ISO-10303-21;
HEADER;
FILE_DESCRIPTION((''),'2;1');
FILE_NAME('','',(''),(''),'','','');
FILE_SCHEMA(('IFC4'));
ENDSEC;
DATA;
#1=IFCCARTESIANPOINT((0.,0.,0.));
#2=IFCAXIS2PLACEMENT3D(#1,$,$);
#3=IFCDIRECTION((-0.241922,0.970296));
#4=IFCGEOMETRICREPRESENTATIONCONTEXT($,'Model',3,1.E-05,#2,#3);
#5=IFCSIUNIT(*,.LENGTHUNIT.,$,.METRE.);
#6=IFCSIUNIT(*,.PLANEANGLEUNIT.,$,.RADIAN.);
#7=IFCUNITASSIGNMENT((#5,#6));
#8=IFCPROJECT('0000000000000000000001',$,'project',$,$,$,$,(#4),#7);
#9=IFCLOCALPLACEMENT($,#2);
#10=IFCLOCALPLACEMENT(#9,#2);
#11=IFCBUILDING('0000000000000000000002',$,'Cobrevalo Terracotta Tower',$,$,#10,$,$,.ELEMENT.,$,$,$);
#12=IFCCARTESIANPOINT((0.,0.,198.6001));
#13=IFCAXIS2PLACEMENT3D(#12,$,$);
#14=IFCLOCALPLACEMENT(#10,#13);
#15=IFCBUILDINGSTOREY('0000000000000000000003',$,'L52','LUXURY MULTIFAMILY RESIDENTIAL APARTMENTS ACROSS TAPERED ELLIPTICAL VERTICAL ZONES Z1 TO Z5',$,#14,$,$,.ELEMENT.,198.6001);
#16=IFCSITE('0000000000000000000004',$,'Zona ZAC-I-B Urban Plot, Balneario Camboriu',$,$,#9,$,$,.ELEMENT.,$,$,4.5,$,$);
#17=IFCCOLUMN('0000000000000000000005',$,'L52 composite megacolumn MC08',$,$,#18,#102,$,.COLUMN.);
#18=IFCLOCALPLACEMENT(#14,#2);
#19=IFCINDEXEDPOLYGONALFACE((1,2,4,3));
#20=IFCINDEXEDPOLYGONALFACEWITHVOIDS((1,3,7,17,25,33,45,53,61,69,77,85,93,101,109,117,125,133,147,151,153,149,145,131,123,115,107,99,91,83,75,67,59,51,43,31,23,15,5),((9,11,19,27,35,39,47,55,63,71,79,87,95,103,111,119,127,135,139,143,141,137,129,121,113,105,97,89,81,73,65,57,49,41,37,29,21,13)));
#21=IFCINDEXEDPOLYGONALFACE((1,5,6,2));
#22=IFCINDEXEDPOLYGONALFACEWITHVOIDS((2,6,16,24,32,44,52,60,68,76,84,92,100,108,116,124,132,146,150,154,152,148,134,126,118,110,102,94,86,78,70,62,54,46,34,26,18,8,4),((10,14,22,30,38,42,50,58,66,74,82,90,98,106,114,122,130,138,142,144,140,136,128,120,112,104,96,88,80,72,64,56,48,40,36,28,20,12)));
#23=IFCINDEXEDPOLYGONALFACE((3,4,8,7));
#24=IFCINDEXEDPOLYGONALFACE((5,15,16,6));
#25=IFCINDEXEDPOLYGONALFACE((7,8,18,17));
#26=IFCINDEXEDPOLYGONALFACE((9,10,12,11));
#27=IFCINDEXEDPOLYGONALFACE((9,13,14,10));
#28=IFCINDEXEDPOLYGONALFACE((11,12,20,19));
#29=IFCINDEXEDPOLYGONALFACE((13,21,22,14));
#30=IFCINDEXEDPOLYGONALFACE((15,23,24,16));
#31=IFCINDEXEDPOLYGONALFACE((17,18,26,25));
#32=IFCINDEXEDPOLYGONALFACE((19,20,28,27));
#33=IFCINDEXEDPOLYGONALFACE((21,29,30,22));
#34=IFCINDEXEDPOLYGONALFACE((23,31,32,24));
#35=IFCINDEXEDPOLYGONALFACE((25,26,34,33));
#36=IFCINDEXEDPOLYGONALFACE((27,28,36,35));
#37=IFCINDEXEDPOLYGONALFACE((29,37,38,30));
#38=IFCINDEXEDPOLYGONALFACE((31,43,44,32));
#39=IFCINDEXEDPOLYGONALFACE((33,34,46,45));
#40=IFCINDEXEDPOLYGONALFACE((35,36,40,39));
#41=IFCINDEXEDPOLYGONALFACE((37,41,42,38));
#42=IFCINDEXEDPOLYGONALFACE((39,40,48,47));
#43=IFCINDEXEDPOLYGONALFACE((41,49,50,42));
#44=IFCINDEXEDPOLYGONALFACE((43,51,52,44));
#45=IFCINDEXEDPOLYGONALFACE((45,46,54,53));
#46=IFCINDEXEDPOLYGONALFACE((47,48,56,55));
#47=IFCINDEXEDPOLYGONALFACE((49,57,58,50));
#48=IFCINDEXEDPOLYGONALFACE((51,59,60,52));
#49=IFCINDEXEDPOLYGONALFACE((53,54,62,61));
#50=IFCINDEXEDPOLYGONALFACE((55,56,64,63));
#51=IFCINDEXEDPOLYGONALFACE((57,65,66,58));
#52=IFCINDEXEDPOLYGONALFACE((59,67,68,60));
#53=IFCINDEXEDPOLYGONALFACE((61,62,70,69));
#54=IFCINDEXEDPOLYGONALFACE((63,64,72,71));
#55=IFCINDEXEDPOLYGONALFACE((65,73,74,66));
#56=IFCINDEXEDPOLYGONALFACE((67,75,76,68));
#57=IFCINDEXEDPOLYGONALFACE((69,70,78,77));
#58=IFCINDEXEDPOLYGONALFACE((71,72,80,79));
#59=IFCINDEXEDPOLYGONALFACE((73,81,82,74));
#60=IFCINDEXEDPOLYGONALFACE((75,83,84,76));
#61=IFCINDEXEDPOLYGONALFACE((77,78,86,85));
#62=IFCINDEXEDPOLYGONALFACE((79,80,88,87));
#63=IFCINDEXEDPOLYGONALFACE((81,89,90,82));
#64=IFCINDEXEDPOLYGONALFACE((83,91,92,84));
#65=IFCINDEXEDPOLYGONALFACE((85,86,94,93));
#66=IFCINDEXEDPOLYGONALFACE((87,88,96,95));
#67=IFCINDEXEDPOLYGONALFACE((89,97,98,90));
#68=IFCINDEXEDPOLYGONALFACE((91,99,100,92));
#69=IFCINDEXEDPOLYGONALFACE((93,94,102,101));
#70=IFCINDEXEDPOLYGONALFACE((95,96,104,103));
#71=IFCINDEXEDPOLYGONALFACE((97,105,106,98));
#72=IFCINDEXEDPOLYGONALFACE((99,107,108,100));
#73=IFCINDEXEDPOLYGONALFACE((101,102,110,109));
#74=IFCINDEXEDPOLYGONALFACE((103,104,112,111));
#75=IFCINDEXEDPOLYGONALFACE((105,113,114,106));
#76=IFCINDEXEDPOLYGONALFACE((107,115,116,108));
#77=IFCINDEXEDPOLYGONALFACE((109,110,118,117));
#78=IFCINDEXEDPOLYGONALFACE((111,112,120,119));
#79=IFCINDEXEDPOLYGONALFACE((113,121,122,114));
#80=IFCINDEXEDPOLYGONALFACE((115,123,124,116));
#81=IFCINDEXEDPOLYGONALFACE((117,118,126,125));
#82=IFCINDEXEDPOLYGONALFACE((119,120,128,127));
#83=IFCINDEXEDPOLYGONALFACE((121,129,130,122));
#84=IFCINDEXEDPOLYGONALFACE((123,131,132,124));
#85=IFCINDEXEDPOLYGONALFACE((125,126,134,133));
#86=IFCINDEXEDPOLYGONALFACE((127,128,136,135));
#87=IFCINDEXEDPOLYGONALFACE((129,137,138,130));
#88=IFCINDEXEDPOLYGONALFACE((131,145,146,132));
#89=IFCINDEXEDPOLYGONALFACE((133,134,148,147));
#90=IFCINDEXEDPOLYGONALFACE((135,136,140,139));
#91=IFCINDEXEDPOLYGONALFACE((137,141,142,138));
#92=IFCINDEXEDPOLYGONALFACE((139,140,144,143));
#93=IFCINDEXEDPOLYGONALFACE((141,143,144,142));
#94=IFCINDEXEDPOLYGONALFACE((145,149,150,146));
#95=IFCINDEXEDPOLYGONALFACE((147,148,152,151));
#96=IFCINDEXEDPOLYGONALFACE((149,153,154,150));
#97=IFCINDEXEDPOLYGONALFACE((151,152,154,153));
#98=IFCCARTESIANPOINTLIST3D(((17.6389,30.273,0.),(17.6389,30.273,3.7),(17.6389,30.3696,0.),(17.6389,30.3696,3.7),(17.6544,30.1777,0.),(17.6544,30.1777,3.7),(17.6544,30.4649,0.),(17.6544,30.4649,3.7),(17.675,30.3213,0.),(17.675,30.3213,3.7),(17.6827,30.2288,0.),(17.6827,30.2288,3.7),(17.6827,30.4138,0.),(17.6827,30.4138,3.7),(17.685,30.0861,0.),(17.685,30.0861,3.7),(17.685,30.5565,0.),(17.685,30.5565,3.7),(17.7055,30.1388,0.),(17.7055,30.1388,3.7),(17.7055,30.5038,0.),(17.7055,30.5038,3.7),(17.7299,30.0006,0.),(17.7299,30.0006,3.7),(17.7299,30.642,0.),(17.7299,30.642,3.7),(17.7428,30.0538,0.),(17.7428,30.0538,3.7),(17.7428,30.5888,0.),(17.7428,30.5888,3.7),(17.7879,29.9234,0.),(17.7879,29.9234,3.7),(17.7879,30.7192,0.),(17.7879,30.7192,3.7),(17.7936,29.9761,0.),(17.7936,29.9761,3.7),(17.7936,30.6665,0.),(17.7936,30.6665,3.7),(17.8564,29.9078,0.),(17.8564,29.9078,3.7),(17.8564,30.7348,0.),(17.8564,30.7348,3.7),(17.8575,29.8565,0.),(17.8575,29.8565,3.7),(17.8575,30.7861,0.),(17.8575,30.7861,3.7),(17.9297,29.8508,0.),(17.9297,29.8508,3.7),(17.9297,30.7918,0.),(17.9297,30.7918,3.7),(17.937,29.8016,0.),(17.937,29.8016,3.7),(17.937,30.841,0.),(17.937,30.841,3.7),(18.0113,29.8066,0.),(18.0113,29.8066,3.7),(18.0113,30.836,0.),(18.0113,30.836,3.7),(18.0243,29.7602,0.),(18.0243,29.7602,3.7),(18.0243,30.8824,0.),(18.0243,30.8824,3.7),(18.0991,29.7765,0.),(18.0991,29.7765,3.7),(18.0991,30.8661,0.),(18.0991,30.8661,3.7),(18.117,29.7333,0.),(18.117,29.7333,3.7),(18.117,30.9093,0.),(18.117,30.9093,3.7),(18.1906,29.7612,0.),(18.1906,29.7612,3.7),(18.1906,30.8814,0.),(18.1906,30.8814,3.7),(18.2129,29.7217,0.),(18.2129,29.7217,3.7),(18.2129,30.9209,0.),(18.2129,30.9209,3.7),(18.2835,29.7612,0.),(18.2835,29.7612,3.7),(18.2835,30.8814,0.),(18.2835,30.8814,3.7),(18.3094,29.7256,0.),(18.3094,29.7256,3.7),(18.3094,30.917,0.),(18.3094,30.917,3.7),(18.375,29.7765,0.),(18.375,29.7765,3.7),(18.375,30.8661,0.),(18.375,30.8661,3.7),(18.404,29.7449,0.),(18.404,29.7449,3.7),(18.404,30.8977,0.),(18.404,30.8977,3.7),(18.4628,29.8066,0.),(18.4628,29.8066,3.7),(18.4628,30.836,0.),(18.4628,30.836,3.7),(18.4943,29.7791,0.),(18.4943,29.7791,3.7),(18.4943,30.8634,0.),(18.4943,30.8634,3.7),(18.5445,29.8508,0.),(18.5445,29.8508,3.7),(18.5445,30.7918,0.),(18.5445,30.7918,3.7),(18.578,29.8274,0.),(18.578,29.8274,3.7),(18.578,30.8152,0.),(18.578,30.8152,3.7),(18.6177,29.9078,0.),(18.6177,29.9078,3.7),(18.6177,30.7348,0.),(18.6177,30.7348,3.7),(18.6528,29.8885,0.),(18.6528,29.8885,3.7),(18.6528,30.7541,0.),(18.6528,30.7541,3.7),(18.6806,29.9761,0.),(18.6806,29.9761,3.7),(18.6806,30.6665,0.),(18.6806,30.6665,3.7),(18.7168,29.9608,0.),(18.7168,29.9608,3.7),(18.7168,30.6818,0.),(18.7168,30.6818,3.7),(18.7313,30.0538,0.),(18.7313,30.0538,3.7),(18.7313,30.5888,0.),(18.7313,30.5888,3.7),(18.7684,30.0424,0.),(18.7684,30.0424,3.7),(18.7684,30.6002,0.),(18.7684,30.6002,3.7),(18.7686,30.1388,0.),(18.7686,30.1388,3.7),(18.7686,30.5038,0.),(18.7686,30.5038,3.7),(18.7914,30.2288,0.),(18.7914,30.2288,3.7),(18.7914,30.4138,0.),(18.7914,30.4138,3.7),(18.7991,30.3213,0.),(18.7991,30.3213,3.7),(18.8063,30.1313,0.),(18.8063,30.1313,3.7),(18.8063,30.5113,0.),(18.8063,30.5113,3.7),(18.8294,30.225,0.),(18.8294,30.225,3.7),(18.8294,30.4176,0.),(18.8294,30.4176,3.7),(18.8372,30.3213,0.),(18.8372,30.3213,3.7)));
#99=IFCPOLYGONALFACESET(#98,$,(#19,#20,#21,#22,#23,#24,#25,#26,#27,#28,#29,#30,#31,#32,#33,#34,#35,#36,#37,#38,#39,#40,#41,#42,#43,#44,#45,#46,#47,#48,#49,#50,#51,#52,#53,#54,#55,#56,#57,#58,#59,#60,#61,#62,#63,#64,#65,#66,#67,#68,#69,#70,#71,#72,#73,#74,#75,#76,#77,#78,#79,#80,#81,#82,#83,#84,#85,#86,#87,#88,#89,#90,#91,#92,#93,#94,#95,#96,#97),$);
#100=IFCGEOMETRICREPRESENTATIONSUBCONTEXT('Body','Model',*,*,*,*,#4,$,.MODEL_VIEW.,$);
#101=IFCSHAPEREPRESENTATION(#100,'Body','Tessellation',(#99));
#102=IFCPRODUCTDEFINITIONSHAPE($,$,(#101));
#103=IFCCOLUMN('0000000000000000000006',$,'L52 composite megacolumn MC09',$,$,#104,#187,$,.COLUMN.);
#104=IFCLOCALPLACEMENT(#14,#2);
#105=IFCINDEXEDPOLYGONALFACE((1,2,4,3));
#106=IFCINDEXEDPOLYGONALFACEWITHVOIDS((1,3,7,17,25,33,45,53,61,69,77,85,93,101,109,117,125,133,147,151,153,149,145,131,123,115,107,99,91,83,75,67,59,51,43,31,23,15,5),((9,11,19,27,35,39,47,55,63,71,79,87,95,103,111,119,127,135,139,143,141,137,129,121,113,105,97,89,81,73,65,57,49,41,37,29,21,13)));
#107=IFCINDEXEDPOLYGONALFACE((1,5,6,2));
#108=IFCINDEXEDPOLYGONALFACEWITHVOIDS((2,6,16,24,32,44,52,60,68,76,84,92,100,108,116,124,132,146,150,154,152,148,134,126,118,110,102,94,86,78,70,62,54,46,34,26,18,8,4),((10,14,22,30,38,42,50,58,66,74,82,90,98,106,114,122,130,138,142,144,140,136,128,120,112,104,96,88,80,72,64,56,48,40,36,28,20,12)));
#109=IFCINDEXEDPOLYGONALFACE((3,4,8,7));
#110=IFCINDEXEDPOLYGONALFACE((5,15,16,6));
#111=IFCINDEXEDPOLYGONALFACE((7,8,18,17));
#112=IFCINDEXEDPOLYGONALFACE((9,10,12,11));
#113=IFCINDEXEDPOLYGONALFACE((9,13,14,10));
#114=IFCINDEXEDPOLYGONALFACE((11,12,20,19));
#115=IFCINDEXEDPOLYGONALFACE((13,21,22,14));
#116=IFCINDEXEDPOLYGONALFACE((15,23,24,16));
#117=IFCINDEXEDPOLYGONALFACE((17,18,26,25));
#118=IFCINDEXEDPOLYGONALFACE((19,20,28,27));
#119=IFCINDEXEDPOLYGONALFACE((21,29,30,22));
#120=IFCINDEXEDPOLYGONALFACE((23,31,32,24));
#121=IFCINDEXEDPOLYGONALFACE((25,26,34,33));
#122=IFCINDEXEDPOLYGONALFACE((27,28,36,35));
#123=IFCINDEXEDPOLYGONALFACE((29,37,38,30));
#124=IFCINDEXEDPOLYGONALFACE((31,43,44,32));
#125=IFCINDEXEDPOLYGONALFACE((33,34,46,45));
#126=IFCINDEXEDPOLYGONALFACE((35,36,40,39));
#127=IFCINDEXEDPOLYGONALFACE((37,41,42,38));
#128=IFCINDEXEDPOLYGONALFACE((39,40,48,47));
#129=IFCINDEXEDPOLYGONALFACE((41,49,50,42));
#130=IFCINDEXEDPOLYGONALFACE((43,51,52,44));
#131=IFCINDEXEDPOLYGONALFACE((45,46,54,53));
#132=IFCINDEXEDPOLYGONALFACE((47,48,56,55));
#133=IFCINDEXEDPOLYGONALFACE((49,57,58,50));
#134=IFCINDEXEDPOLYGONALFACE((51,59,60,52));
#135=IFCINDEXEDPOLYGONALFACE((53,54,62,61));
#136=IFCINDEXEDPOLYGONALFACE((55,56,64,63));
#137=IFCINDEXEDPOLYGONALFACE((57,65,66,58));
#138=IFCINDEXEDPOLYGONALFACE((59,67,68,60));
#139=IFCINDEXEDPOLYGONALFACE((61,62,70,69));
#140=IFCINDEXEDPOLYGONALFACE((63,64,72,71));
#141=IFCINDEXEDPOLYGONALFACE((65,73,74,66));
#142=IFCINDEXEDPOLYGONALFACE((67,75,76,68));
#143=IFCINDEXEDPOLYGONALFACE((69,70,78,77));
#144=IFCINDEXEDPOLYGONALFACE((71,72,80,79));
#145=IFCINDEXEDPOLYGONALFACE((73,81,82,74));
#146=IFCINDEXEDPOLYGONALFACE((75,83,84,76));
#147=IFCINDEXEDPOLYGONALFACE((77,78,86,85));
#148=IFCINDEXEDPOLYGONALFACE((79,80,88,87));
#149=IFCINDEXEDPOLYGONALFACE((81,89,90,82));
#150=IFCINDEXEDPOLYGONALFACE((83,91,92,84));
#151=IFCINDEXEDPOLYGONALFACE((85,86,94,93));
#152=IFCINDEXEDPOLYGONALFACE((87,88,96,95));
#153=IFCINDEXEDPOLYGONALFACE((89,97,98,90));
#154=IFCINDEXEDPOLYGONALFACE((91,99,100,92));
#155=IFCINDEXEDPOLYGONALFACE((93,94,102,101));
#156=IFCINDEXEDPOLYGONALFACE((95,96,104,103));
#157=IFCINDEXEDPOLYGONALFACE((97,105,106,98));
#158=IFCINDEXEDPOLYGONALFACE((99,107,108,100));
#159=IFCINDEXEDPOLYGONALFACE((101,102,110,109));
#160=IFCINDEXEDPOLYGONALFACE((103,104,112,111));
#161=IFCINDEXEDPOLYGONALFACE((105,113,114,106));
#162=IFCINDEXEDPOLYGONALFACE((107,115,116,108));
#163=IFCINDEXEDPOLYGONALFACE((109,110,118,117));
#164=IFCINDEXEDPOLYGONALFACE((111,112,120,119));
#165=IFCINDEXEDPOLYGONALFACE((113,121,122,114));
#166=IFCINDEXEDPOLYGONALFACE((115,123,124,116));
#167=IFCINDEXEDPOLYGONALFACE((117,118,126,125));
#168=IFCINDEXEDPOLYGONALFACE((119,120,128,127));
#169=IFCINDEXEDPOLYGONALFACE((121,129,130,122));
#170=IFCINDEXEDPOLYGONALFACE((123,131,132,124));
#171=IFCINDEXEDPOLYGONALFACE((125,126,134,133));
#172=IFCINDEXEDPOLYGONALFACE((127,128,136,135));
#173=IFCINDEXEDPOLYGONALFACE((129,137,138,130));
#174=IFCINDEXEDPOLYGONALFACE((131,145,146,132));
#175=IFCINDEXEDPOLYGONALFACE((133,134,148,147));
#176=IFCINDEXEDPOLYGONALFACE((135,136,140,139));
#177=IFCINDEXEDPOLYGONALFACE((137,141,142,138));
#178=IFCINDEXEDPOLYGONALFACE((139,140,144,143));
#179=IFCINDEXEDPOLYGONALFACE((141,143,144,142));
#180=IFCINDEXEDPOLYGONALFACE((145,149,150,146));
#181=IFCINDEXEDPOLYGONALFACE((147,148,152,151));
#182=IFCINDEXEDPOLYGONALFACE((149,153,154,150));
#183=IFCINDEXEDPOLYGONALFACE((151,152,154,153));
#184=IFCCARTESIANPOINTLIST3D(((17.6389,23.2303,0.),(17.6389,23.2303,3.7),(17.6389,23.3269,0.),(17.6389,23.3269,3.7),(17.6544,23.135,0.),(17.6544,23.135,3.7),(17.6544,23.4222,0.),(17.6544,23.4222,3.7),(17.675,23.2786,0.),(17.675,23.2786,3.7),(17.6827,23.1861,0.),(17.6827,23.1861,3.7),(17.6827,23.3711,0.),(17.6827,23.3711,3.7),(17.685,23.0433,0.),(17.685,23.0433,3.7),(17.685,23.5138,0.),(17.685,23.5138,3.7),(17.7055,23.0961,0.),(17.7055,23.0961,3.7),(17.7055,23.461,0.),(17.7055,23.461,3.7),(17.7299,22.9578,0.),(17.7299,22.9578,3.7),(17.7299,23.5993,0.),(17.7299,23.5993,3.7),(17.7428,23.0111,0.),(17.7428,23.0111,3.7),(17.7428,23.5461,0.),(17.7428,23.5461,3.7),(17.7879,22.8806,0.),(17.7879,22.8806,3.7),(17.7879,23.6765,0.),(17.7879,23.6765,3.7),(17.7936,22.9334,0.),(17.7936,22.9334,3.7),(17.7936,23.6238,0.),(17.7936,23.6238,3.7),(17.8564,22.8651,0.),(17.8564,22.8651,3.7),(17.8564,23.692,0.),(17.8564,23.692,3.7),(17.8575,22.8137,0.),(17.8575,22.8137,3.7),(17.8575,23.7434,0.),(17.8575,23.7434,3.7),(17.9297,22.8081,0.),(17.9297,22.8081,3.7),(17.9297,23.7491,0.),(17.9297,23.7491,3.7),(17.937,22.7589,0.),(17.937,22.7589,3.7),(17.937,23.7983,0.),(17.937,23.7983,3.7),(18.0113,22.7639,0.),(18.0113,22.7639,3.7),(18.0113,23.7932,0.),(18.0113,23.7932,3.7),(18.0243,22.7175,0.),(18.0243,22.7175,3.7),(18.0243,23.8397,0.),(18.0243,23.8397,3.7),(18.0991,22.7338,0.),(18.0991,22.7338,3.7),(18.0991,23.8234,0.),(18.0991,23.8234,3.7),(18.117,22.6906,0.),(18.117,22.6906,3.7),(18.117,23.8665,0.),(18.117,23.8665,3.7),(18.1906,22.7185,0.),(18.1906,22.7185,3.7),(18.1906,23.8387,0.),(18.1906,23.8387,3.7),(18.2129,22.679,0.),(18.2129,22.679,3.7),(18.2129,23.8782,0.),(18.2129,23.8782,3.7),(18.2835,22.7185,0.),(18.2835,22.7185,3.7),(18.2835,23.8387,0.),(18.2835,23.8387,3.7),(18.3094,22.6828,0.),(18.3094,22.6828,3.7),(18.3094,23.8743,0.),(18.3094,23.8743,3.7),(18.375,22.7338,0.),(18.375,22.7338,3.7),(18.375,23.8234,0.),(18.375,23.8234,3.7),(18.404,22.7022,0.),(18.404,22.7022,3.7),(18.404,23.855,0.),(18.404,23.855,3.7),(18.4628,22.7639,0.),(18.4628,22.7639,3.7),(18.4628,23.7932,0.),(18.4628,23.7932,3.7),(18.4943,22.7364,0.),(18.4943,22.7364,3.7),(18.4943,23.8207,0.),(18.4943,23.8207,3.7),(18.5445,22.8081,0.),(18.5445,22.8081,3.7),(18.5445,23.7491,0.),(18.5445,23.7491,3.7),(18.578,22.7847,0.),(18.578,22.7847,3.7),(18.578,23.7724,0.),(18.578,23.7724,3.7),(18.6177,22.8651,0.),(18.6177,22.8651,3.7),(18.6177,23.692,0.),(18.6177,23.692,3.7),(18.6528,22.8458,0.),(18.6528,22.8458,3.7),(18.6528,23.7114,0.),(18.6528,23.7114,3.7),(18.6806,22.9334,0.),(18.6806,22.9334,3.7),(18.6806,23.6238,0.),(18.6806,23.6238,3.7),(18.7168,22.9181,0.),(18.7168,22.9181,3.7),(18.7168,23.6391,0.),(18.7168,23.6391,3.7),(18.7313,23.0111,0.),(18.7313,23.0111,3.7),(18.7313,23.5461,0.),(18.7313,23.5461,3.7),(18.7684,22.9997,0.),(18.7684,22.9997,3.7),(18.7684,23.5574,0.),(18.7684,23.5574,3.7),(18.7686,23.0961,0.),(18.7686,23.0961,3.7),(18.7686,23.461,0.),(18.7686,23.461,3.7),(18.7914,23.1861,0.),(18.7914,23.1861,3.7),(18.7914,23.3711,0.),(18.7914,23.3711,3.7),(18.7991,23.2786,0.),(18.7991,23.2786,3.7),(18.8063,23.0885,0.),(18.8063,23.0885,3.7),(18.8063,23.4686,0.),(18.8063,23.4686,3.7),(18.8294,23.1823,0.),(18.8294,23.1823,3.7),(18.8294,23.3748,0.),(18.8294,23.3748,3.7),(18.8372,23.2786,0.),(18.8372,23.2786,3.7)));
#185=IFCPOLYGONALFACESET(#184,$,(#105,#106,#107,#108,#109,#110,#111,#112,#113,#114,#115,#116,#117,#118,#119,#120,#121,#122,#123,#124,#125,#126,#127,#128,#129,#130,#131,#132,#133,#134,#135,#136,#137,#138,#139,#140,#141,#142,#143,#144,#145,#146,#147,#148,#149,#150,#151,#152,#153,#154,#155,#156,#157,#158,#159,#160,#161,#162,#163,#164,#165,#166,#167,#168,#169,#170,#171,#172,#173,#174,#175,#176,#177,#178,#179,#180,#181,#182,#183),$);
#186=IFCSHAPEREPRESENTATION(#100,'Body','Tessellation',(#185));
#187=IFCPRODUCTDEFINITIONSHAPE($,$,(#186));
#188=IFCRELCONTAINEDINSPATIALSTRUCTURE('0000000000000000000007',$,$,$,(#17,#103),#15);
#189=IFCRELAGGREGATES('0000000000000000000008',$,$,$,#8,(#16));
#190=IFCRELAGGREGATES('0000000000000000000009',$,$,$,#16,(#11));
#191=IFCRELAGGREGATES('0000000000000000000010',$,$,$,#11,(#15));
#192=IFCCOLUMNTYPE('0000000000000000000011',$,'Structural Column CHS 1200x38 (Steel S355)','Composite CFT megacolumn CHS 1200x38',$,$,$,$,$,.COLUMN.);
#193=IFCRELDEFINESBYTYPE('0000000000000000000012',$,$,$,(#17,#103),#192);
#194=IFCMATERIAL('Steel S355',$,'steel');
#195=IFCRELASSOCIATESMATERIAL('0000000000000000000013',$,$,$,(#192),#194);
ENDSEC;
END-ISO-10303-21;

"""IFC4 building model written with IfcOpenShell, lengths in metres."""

from ifc_helpers import new_model, si_unit, direction, frame, origin, origin_2d, place, context, subcontext, project, spatial, hollow_circle, extrude, material, material_profile, profile_set, type_object, element, save


model = new_model("IFC4")

# Units and contexts
model_context = context("Model", 3, precision=1e-05, world=origin(), true_north=direction((-0.241922, 0.970296)))
body_context = subcontext(model_context, "Body", "Model", "MODEL_VIEW")
ifc_project = project(units=[si_unit("LENGTHUNIT", "METRE"), si_unit("PLANEANGLEUNIT", "RADIAN")], contexts=[model_context])

# Site, building, storey
site_placement = place(None, origin())
site = spatial("IfcSite", under=ifc_project, at=site_placement, Name="Zona ZAC-I-B Urban Plot, Balneario Camboriu", CompositionType="ELEMENT", RefElevation=4.5)
building_placement = place(site_placement, origin())
building = spatial("IfcBuilding", under=site, at=building_placement, Name="Cobrevalo Terracotta Tower", CompositionType="ELEMENT")
storey_placement = place(building_placement, frame((0.0, 0.0, 198.6001)))
storey = spatial("IfcBuildingStorey", under=building, at=storey_placement, Name="L52", Description="LUXURY MULTIFAMILY RESIDENTIAL APARTMENTS ACROSS TAPERED ELLIPTICAL VERTICAL ZONES Z1 TO Z5", CompositionType="ELEMENT", Elevation=198.6001)

# Columns
ifc_material_1 = material(Name="Steel S355", Category="steel")
ifc_material_profile_1 = material_profile(ifc_material_1, hollow_circle(Radius=0.6001, WallThickness=0.0381, at=origin_2d()), Name="CHS 1200x38")
ifc_profile_set_1 = profile_set([ifc_material_profile_1], Name="Steel S355")
column_type = type_object("IfcColumnType", Name="Structural Column CHS 1200x38 (Steel S355)", Description="Composite CFT megacolumn CHS 1200x38", PredefinedType="COLUMN", material=ifc_profile_set_1)
for number, where, z_axis, x_axis, name in (
    (1, (18.2371, 30.3213, 0.0), (0.0, 0.0, 1.0), (1.0, 0.0, 0.0), "L52 composite megacolumn MC08"),
    (2, (18.2371, 23.2786, 0.0), (0.0, 0.0, 1.0), (1.0, 0.0, 0.0), "L52 composite megacolumn MC09"),
):
    element("IfcColumn", number, at=place(storey_placement, frame(where, z_axis=z_axis, x_axis=x_axis)), inside=storey, type_object=column_type, Name=name, PredefinedType="COLUMN", context=body_context, shape_type="SweptSolid", body=[
        extrude(hollow_circle(Radius=0.6001, WallThickness=0.0381, at=origin_2d()), origin(), (0.0, 0.0, 1.0), 3.7),
    ])

save(model, "model.ifc")
